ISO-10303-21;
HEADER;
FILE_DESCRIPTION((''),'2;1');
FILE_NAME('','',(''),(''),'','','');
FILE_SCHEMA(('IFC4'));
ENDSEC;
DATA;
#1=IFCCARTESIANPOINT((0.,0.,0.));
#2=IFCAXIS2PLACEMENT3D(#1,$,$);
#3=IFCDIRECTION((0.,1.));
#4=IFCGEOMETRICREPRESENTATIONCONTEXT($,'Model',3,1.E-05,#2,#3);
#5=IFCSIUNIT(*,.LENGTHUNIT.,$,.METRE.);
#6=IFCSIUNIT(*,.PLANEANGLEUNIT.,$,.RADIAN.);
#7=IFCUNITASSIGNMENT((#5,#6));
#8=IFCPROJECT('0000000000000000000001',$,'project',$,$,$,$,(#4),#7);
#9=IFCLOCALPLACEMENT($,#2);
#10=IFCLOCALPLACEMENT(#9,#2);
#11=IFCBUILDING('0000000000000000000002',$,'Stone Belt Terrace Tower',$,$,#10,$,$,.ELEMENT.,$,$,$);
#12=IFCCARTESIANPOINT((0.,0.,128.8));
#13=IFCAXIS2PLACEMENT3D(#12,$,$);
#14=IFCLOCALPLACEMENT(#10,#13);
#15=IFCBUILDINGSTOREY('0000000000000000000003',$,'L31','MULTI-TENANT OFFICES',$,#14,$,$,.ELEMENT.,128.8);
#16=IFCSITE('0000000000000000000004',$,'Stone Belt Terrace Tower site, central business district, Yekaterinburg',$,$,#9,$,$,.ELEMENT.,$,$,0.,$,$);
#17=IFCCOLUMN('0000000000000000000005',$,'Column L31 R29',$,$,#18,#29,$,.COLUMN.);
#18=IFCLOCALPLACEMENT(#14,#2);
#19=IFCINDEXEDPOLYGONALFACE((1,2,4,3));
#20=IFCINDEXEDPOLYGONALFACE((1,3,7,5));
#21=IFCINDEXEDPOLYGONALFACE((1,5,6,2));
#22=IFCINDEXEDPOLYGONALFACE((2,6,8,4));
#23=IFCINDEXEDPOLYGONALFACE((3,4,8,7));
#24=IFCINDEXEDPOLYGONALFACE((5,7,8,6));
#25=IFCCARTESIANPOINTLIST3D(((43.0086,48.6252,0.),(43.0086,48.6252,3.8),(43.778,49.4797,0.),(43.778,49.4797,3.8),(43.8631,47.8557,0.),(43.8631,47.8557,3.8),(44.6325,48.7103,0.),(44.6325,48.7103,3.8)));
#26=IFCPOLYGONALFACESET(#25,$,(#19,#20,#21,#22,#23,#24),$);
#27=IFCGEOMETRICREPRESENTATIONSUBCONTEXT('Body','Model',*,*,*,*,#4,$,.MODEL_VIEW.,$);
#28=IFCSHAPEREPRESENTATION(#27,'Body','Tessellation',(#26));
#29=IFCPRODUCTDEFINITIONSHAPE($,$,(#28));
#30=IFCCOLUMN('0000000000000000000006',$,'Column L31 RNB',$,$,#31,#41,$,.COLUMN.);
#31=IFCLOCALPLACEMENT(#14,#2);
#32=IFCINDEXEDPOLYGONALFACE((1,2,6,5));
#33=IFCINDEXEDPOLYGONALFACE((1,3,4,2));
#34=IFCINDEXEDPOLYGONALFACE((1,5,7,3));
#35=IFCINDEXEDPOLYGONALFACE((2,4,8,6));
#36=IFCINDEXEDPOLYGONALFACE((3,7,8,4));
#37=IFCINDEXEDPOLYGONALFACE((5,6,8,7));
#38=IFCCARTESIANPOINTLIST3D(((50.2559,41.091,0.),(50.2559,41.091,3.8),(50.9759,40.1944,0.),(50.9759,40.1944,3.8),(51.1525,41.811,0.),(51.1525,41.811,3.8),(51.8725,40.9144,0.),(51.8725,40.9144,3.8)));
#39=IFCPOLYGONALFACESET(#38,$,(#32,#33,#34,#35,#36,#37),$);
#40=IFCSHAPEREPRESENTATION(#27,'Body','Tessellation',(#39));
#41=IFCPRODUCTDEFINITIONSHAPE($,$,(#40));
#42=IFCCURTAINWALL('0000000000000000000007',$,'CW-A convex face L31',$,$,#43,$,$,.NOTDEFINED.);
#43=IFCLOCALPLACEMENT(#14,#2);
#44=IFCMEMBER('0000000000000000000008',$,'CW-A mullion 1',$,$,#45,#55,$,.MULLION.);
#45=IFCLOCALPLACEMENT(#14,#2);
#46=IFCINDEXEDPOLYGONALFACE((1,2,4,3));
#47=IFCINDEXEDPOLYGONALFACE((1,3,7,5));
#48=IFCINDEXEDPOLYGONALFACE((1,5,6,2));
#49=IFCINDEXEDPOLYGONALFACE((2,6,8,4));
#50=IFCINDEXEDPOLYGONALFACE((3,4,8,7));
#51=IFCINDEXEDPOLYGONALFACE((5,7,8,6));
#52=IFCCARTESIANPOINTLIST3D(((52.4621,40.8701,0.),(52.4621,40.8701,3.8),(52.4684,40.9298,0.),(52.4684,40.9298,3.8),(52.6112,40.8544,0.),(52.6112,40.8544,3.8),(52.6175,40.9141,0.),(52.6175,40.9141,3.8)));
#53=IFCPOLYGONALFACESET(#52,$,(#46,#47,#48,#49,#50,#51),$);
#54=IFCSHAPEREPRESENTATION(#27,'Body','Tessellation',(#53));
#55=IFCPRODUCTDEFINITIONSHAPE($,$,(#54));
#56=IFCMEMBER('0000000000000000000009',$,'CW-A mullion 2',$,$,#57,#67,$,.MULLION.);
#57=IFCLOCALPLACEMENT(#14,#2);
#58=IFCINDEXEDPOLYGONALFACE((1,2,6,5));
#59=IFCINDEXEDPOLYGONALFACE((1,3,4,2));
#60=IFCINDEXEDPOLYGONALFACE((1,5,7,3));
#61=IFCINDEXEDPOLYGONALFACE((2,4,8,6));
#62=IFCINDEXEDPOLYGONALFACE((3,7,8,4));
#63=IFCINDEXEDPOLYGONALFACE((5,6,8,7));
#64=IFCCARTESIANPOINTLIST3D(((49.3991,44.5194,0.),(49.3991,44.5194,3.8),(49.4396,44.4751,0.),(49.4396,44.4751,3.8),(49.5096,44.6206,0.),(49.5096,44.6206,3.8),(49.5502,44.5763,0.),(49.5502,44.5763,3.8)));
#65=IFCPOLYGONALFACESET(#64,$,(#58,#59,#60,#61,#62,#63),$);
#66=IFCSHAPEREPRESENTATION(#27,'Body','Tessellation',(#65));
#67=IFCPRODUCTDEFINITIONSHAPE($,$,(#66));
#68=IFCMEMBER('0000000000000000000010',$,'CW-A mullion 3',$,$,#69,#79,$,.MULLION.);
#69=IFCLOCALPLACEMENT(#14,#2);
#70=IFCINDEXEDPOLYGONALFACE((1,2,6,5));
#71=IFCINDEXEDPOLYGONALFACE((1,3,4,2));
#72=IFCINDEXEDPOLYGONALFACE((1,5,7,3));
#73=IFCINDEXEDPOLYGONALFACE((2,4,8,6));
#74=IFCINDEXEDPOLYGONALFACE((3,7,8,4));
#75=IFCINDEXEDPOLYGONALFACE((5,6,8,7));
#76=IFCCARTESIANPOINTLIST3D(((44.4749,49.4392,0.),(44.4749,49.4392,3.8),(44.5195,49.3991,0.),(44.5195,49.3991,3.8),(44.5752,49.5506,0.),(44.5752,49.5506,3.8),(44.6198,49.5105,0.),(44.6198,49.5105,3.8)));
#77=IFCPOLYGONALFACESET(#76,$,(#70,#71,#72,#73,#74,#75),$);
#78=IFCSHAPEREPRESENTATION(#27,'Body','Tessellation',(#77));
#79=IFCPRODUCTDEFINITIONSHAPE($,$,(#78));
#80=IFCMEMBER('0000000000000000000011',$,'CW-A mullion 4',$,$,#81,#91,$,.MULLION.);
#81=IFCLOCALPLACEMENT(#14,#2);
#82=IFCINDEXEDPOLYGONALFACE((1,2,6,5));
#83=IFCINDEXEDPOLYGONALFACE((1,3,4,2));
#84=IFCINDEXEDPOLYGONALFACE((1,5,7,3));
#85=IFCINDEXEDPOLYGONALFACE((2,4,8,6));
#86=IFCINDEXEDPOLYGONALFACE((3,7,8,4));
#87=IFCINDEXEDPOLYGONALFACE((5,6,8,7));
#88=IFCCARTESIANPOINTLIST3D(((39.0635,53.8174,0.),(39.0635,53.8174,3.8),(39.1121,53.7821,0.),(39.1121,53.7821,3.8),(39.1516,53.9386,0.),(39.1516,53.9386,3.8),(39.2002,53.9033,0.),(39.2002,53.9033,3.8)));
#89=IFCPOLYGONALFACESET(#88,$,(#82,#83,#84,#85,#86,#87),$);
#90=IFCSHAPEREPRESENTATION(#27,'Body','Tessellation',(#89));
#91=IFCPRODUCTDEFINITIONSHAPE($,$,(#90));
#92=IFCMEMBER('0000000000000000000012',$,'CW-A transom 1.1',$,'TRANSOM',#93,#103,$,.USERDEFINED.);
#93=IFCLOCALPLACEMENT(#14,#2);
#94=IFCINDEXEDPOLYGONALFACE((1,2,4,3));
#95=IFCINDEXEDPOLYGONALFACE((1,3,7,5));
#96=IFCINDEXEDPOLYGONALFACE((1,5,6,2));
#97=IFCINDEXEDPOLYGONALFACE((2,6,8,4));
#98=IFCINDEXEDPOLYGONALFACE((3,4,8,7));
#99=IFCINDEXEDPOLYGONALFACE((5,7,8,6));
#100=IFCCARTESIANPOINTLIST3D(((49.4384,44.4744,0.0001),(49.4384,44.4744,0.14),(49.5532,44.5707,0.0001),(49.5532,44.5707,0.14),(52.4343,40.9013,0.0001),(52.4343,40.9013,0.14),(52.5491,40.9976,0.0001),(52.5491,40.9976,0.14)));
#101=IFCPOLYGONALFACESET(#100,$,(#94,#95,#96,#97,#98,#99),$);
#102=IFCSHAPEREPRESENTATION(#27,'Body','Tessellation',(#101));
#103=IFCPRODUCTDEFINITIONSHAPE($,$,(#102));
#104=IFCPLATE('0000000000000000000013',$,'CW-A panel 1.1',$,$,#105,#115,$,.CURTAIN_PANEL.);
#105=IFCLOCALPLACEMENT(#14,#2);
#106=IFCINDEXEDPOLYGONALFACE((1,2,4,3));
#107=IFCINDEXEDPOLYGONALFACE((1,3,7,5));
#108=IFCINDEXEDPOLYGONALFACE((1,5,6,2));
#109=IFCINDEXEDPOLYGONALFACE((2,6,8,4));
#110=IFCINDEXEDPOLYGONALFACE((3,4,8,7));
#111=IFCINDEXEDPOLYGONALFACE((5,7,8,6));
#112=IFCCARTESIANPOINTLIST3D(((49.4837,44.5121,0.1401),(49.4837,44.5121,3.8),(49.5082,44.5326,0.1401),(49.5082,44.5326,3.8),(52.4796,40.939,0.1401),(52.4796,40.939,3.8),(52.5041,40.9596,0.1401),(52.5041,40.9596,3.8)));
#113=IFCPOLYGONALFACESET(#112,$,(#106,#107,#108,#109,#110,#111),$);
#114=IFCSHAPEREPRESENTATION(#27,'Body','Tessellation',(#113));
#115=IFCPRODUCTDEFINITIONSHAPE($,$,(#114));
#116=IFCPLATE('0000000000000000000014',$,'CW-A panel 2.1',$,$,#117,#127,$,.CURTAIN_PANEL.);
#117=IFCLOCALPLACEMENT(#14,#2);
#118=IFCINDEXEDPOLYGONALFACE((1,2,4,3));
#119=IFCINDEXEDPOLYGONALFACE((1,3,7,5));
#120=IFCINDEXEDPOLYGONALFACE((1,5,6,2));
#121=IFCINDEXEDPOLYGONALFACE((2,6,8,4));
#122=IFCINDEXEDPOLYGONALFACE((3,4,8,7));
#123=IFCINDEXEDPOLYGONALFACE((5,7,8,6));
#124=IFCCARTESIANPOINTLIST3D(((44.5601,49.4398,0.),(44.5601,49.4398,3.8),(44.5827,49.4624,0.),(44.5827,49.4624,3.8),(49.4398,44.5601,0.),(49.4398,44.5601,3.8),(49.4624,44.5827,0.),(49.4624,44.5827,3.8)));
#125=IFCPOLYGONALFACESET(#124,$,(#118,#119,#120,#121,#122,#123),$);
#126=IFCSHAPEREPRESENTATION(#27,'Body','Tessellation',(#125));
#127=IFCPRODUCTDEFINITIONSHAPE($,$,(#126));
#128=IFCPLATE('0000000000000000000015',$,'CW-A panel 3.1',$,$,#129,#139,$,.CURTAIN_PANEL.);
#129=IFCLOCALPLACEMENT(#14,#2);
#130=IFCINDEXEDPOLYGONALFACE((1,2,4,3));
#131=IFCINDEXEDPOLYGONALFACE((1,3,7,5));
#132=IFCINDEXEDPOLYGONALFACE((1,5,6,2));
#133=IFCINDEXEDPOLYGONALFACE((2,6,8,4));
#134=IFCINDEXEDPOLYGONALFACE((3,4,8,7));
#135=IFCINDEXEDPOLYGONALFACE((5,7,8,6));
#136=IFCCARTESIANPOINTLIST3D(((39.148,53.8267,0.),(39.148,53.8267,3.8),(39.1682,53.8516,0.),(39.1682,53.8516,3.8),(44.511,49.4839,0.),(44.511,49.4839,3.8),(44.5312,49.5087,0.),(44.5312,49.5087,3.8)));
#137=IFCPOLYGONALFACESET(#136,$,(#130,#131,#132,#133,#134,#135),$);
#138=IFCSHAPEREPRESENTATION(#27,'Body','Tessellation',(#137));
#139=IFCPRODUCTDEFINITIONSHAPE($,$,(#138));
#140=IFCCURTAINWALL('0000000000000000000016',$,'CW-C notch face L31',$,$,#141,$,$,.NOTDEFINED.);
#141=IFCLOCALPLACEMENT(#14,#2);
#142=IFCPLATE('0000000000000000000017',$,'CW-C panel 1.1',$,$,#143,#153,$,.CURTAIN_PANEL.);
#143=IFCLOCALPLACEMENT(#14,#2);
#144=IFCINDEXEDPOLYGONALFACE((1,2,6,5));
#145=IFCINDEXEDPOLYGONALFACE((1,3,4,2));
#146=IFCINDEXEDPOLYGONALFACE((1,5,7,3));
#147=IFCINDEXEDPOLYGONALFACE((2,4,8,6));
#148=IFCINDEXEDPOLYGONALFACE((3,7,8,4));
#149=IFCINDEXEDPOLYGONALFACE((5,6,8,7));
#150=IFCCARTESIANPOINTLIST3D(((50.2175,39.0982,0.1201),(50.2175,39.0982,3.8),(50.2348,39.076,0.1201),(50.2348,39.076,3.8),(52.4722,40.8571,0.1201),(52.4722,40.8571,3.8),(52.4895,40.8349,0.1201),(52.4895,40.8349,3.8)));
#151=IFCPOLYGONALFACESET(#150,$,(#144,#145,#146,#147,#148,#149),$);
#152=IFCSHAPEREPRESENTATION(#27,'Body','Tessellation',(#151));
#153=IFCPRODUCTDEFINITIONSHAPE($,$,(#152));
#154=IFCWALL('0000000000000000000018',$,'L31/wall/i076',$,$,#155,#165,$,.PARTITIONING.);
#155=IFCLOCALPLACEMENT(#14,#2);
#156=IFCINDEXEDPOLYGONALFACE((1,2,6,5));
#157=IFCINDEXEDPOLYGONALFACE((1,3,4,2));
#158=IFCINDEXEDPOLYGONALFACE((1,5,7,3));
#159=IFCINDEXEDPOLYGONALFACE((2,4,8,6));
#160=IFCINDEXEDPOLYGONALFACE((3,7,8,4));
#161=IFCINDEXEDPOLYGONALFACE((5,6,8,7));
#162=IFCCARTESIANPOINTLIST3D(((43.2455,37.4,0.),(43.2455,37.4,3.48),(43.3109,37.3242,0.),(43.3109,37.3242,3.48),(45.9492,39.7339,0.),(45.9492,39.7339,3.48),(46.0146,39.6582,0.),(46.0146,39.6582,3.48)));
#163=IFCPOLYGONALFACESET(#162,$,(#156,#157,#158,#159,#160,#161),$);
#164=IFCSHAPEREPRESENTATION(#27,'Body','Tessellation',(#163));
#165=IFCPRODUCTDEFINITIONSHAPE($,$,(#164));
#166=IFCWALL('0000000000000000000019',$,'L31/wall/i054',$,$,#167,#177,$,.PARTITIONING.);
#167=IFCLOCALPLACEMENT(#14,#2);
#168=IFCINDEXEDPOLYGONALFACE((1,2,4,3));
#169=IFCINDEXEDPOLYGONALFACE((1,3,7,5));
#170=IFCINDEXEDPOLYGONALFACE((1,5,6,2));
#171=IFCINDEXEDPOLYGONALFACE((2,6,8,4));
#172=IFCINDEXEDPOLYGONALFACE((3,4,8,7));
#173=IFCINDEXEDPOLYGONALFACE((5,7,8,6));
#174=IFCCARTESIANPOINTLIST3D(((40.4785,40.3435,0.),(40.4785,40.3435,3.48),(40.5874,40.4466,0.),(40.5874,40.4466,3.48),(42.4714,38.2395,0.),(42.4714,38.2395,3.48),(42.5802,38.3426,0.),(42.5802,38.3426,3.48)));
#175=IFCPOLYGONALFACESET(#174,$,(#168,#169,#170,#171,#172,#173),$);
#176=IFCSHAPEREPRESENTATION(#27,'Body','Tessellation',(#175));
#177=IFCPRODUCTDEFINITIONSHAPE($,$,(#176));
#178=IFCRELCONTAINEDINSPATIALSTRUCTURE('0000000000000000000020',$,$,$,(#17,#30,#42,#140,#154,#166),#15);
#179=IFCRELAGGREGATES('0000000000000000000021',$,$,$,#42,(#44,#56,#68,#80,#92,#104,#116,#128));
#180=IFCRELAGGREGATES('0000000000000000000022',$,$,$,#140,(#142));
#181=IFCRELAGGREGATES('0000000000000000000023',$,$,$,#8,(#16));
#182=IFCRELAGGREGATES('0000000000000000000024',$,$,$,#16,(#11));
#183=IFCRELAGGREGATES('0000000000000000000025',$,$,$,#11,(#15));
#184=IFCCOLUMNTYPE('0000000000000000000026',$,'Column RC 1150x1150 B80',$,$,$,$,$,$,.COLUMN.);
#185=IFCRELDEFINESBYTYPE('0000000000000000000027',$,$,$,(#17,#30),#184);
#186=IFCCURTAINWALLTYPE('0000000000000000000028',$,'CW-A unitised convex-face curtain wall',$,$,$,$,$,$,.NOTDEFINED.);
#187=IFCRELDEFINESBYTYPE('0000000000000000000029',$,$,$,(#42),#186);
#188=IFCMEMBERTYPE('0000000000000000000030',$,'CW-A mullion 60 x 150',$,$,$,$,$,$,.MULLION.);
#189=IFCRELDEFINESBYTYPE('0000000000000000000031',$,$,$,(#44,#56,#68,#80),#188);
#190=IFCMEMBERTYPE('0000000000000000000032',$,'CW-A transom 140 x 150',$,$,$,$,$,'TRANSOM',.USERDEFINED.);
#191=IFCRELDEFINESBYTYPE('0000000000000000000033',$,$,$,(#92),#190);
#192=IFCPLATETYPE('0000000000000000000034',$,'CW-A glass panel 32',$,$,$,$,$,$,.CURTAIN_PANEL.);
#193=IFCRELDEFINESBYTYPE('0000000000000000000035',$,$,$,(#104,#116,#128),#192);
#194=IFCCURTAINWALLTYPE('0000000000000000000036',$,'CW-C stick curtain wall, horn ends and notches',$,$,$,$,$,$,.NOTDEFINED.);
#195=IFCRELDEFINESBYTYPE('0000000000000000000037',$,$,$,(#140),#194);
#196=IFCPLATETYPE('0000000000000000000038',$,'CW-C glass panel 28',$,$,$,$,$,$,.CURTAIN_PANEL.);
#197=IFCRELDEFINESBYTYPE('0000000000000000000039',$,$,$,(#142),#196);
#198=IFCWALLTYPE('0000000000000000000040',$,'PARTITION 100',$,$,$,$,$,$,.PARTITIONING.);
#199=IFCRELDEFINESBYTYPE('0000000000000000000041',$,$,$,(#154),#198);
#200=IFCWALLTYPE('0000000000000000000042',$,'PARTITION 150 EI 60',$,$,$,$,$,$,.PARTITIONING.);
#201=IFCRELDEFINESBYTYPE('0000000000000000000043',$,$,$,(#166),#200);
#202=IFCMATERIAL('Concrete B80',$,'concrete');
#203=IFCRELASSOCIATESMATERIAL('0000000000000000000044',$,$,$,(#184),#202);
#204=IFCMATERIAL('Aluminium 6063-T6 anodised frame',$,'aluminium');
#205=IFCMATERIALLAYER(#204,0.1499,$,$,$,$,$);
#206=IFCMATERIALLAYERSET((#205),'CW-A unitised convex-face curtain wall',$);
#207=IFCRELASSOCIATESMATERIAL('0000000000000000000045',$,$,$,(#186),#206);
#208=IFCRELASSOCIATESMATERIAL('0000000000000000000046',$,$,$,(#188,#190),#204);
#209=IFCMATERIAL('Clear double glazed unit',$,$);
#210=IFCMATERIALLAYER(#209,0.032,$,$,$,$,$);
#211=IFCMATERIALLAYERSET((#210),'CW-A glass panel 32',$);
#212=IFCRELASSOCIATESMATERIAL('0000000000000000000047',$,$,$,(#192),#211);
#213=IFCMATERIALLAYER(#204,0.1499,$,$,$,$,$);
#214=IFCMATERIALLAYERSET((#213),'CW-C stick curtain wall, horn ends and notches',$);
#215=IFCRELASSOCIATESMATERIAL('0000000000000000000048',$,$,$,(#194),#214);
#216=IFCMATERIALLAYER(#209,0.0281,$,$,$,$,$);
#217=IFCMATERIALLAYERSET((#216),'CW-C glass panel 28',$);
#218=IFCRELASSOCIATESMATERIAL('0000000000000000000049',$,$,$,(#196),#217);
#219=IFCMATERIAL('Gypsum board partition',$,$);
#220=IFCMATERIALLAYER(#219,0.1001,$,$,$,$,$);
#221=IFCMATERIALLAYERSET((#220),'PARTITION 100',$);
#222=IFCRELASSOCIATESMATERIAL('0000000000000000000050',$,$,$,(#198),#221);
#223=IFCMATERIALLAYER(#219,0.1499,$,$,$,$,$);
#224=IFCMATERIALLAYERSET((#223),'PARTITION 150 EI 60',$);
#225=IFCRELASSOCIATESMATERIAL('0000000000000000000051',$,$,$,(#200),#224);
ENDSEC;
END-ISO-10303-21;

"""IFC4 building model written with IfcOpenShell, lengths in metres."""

from ifc_helpers import new_model, si_unit, direction, frame, frame_2d, origin, origin_2d, place, context, subcontext, project, spatial, rectangle, extrude, material, layer, layer_set, material_profile, profile_set, type_object, element, aggregate, save


model = new_model("IFC4")

# Units and contexts
model_context = context("Model", 3, precision=1e-05, world=origin(), true_north=direction((0.0, 1.0)))
body_context = subcontext(model_context, "Body", "Model", "MODEL_VIEW")
ifc_project = project(units=[si_unit("LENGTHUNIT", "METRE"), si_unit("PLANEANGLEUNIT", "RADIAN")], contexts=[model_context])

# Site, building, storey
site_placement = place(None, origin())
site = spatial("IfcSite", under=ifc_project, at=site_placement, Name="Stone Belt Terrace Tower site, central business district, Yekaterinburg", CompositionType="ELEMENT", RefElevation=0.0)
building_placement = place(site_placement, origin())
building = spatial("IfcBuilding", under=site, at=building_placement, Name="Stone Belt Terrace Tower", CompositionType="ELEMENT")
storey_placement = place(building_placement, frame((0.0, 0.0, 128.8)))
storey = spatial("IfcBuildingStorey", under=building, at=storey_placement, Name="L31", Description="MULTI-TENANT OFFICES", CompositionType="ELEMENT", Elevation=128.8)

# Columns
ifc_material_1 = material(Name="Concrete B80", Category="concrete")
ifc_material_profile_1 = material_profile(ifc_material_1, rectangle(XDim=1.1499, YDim=1.1499, at=origin_2d()), Name="RC 1150x1150")
ifc_profile_set_1 = profile_set([ifc_material_profile_1], Name="Concrete B80")
column_type = type_object("IfcColumnType", Name="Column RC 1150x1150 B80", PredefinedType="COLUMN", material=ifc_profile_set_1)
for number, where, z_axis, x_axis, name in (
    (1, (43.8206, 48.6677, 0.0), (0.0, 0.0, 1.0), (0.743145, -0.669131, 0.0), "Column L31 R29"),
    (2, (51.0642, 41.0027, 0.0), (0.0, 0.0, 1.0), (0.626104, -0.779739, 0.0), "Column L31 RNB"),
):
    element("IfcColumn", number, at=place(storey_placement, frame(where, z_axis=z_axis, x_axis=x_axis)), inside=storey, type_object=column_type, Name=name, PredefinedType="COLUMN", context=body_context, shape_type="SweptSolid", body=[
        extrude(rectangle(XDim=1.1499, YDim=1.1499, at=origin_2d()), origin(), (0.0, 0.0, 1.0), 3.8),
    ])

# Curtain wall, members, plates
ifc_material_2 = material(Name="Aluminium 6063-T6 anodised frame", Category="aluminium")
ifc_layer_1 = layer(ifc_material_2, 0.1499)
ifc_layer_set_1 = layer_set([ifc_layer_1], Name="CW-A unitised convex-face curtain wall")
curtain_wall_type_1 = type_object("IfcCurtainWallType", Name="CW-A unitised convex-face curtain wall", PredefinedType="NOTDEFINED", material=ifc_layer_set_1)
curtain_wall_1_placement = place(storey_placement, origin())
curtain_wall_1 = element("IfcCurtainWall", 3, at=curtain_wall_1_placement, inside=storey, type_object=curtain_wall_type_1, Name="CW-A convex face L31", PredefinedType="NOTDEFINED")
ifc_material_profile_2 = material_profile(ifc_material_2, rectangle(XDim=0.1499, YDim=0.0601, at=origin_2d()), Name="Aluminium 6063-T6 60x150")
ifc_profile_set_2 = profile_set([ifc_material_profile_2], Name="Aluminium 6063-T6 anodised frame")
member_type_1 = type_object("IfcMemberType", Name="CW-A mullion 60 x 150", PredefinedType="MULLION", material=ifc_profile_set_2)
member_1_placement = place(storey_placement, frame((52.5398, 40.8921, 0.0), z_axis=(0.0, 0.0, 1.0), x_axis=(-0.994465, 0.105071, 0.0)))
member_1 = element("IfcMember", 4, at=member_1_placement, type_object=member_type_1, Name="CW-A mullion 1", PredefinedType="MULLION", context=body_context, shape_type="SweptSolid", body=[
    extrude(rectangle(XDim=0.1499, YDim=0.0601, at=origin_2d()), origin(), (0.0, 0.0, 1.0), 3.8),
])
member_2_placement = place(storey_placement, frame((49.4746, 44.5479, 0.0), z_axis=(0.0, 0.0, 1.0), x_axis=(-0.7374, -0.675456, 0.0)))
member_2 = element("IfcMember", 5, at=member_2_placement, type_object=member_type_1, Name="CW-A mullion 2", PredefinedType="MULLION", context=body_context, shape_type="SweptSolid", body=[
    extrude(rectangle(XDim=0.1499, YDim=0.0601, at=origin_2d()), origin(), (0.0, 0.0, 1.0), 3.8),
])
member_3_placement = place(storey_placement, frame((44.5474, 49.4749, 0.0), z_axis=(0.0, 0.0, 1.0), x_axis=(-0.669131, -0.743145, 0.0)))
member_3 = element("IfcMember", 6, at=member_3_placement, type_object=member_type_1, Name="CW-A mullion 3", PredefinedType="MULLION", context=body_context, shape_type="SweptSolid", body=[
    extrude(rectangle(XDim=0.1499, YDim=0.0601, at=origin_2d()), origin(), (0.0, 0.0, 1.0), 3.8),
])
member_4_placement = place(storey_placement, frame((39.1318, 53.8604, 0.0), z_axis=(0.0, 0.0, 1.0), x_axis=(-0.587785, -0.809017, 0.0)))
member_4 = element("IfcMember", 7, at=member_4_placement, type_object=member_type_1, Name="CW-A mullion 4", PredefinedType="MULLION", context=body_context, shape_type="SweptSolid", body=[
    extrude(rectangle(XDim=0.1499, YDim=0.0601, at=origin_2d()), origin(), (0.0, 0.0, 1.0), 3.8),
])
ifc_material_profile_3 = material_profile(ifc_material_2, rectangle(XDim=0.1499, YDim=0.1399, at=origin_2d()), Name="Aluminium 6063-T6 150x140")
ifc_profile_set_3 = profile_set([ifc_material_profile_3], Name="Aluminium 6063-T6 anodised frame")
member_type_2 = type_object("IfcMemberType", Name="CW-A transom 140 x 150", ElementType="TRANSOM", PredefinedType="USERDEFINED", material=ifc_profile_set_3)
member_5_placement = place(storey_placement, frame((52.4917, 40.9495, 0.0701), z_axis=(-0.642504, 0.766282, 0.0), x_axis=(-0.766282, -0.642504, 0.0)))
member_5 = element("IfcMember", 8, at=member_5_placement, type_object=member_type_2, Name="CW-A transom 1.1", ObjectType="TRANSOM", PredefinedType="USERDEFINED", context=body_context, shape_type="SweptSolid", body=[
    extrude(rectangle(XDim=0.1499, YDim=0.1399, at=origin_2d()), origin(), (0.0, 0.0, 1.0), 4.6628),
])
ifc_material_3 = material(Name="Clear double glazed unit")
ifc_layer_2 = layer(ifc_material_3, 0.032)
ifc_layer_set_2 = layer_set([ifc_layer_2], Name="CW-A glass panel 32")
plate_type_1 = type_object("IfcPlateType", Name="CW-A glass panel 32", PredefinedType="CURTAIN_PANEL", material=ifc_layer_set_2)
plate_1_placement = place(storey_placement, frame((50.9939, 42.7358, 0.1401), z_axis=(0.0, 0.0, 1.0), x_axis=(-0.642509, 0.766278, 0.0)))
plate_1 = element("IfcPlate", 9, at=plate_1_placement, type_object=plate_type_1, Name="CW-A panel 1.1", PredefinedType="CURTAIN_PANEL", context=body_context, shape_type="SweptSolid", body=[
    extrude(rectangle(XDim=4.6628, YDim=0.032, at=origin_2d()), origin(), (0.0, 0.0, 1.0), 3.6599),
])
plate_2_placement = place(storey_placement, frame((47.0112, 47.0112, 0.0), z_axis=(0.0, 0.0, 1.0), x_axis=(-0.707107, 0.707107, 0.0)))
plate_2 = element("IfcPlate", 10, at=plate_2_placement, type_object=plate_type_1, Name="CW-A panel 2.1", PredefinedType="CURTAIN_PANEL", context=body_context, shape_type="SweptSolid", body=[
    extrude(rectangle(XDim=6.9009, YDim=0.032, at=origin_2d()), origin(), (0.0, 0.0, 1.0), 3.8),
])
plate_3_placement = place(storey_placement, frame((41.8396, 51.6677, 0.0), z_axis=(0.0, 0.0, 1.0), x_axis=(-0.777146, 0.62932, 0.0)))
plate_3 = element("IfcPlate", 11, at=plate_3_placement, type_object=plate_type_1, Name="CW-A panel 3.1", PredefinedType="CURTAIN_PANEL", context=body_context, shape_type="SweptSolid", body=[
    extrude(rectangle(XDim=6.9009, YDim=0.032, at=origin_2d()), origin(), (0.0, 0.0, 1.0), 3.8),
])
aggregate(curtain_wall_1, [member_1, member_2, member_3, member_4, member_5, plate_1, plate_2, plate_3])

# Curtain wall, plate
ifc_layer_3 = layer(ifc_material_2, 0.1499)
ifc_layer_set_3 = layer_set([ifc_layer_3], Name="CW-C stick curtain wall, horn ends and notches")
curtain_wall_type_2 = type_object("IfcCurtainWallType", Name="CW-C stick curtain wall, horn ends and notches", PredefinedType="NOTDEFINED", material=ifc_layer_set_3)
curtain_wall_2_placement = place(storey_placement, origin())
curtain_wall_2 = element("IfcCurtainWall", 12, at=curtain_wall_2_placement, inside=storey, type_object=curtain_wall_type_2, Name="CW-C notch face L31", PredefinedType="NOTDEFINED")
ifc_layer_4 = layer(ifc_material_3, 0.0281)
ifc_layer_set_4 = layer_set([ifc_layer_4], Name="CW-C glass panel 28")
plate_type_2 = type_object("IfcPlateType", Name="CW-C glass panel 28", PredefinedType="CURTAIN_PANEL", material=ifc_layer_set_4)
plate_4_placement = place(storey_placement, frame((51.3535, 39.9666, 0.1201), z_axis=(0.0, 0.0, 1.0), x_axis=(0.788458, 0.615089, 0.0)))
plate_4 = element("IfcPlate", 13, at=plate_4_placement, type_object=plate_type_2, Name="CW-C panel 1.1", PredefinedType="CURTAIN_PANEL", context=body_context, shape_type="SweptSolid", body=[
    extrude(rectangle(XDim=2.8596, YDim=0.0281, at=origin_2d()), origin(), (0.0, 0.0, 1.0), 3.6799),
])
aggregate(curtain_wall_2, [plate_4])

# Walls
ifc_material_4 = material(Name="Gypsum board partition")
ifc_layer_5 = layer(ifc_material_4, 0.1001)
ifc_layer_set_5 = layer_set([ifc_layer_5], Name="PARTITION 100")
wall_type_1 = type_object("IfcWallType", Name="PARTITION 100", PredefinedType="PARTITIONING", material=ifc_layer_set_5)
wall_1_placement = place(storey_placement, frame((45.9819, 39.696, 0.0), z_axis=(0.0, 0.0, 1.0), x_axis=(-0.756984, -0.653433, 0.0)))
element("IfcWall", 14, at=wall_1_placement, inside=storey, type_object=wall_type_1, Name="L31/wall/i076", PredefinedType="PARTITIONING", context=body_context, shape_type="SweptSolid", body=[
    extrude(rectangle(XDim=3.5718, YDim=0.1001, at=frame_2d((1.7859, 0.0))), origin(), (0.0, 0.0, 1.0), 3.48),
])
ifc_layer_6 = layer(ifc_material_4, 0.1499)
ifc_layer_set_6 = layer_set([ifc_layer_6], Name="PARTITION 150 EI 60")
wall_type_2 = type_object("IfcWallType", Name="PARTITION 150 EI 60", PredefinedType="PARTITIONING", material=ifc_layer_set_6)
wall_2_placement = place(storey_placement, frame((40.533, 40.395, 0.0), z_axis=(0.0, 0.0, 1.0), x_axis=(0.687682, -0.726012, 0.0)))
element("IfcWall", 15, at=wall_2_placement, inside=storey, type_object=wall_type_2, Name="L31/wall/i054", PredefinedType="PARTITIONING", context=body_context, shape_type="SweptSolid", body=[
    extrude(rectangle(XDim=2.8979, YDim=0.1499, at=frame_2d((1.449, 0.0))), origin(), (0.0, 0.0, 1.0), 3.48),
])

save(model, "model.ifc")
